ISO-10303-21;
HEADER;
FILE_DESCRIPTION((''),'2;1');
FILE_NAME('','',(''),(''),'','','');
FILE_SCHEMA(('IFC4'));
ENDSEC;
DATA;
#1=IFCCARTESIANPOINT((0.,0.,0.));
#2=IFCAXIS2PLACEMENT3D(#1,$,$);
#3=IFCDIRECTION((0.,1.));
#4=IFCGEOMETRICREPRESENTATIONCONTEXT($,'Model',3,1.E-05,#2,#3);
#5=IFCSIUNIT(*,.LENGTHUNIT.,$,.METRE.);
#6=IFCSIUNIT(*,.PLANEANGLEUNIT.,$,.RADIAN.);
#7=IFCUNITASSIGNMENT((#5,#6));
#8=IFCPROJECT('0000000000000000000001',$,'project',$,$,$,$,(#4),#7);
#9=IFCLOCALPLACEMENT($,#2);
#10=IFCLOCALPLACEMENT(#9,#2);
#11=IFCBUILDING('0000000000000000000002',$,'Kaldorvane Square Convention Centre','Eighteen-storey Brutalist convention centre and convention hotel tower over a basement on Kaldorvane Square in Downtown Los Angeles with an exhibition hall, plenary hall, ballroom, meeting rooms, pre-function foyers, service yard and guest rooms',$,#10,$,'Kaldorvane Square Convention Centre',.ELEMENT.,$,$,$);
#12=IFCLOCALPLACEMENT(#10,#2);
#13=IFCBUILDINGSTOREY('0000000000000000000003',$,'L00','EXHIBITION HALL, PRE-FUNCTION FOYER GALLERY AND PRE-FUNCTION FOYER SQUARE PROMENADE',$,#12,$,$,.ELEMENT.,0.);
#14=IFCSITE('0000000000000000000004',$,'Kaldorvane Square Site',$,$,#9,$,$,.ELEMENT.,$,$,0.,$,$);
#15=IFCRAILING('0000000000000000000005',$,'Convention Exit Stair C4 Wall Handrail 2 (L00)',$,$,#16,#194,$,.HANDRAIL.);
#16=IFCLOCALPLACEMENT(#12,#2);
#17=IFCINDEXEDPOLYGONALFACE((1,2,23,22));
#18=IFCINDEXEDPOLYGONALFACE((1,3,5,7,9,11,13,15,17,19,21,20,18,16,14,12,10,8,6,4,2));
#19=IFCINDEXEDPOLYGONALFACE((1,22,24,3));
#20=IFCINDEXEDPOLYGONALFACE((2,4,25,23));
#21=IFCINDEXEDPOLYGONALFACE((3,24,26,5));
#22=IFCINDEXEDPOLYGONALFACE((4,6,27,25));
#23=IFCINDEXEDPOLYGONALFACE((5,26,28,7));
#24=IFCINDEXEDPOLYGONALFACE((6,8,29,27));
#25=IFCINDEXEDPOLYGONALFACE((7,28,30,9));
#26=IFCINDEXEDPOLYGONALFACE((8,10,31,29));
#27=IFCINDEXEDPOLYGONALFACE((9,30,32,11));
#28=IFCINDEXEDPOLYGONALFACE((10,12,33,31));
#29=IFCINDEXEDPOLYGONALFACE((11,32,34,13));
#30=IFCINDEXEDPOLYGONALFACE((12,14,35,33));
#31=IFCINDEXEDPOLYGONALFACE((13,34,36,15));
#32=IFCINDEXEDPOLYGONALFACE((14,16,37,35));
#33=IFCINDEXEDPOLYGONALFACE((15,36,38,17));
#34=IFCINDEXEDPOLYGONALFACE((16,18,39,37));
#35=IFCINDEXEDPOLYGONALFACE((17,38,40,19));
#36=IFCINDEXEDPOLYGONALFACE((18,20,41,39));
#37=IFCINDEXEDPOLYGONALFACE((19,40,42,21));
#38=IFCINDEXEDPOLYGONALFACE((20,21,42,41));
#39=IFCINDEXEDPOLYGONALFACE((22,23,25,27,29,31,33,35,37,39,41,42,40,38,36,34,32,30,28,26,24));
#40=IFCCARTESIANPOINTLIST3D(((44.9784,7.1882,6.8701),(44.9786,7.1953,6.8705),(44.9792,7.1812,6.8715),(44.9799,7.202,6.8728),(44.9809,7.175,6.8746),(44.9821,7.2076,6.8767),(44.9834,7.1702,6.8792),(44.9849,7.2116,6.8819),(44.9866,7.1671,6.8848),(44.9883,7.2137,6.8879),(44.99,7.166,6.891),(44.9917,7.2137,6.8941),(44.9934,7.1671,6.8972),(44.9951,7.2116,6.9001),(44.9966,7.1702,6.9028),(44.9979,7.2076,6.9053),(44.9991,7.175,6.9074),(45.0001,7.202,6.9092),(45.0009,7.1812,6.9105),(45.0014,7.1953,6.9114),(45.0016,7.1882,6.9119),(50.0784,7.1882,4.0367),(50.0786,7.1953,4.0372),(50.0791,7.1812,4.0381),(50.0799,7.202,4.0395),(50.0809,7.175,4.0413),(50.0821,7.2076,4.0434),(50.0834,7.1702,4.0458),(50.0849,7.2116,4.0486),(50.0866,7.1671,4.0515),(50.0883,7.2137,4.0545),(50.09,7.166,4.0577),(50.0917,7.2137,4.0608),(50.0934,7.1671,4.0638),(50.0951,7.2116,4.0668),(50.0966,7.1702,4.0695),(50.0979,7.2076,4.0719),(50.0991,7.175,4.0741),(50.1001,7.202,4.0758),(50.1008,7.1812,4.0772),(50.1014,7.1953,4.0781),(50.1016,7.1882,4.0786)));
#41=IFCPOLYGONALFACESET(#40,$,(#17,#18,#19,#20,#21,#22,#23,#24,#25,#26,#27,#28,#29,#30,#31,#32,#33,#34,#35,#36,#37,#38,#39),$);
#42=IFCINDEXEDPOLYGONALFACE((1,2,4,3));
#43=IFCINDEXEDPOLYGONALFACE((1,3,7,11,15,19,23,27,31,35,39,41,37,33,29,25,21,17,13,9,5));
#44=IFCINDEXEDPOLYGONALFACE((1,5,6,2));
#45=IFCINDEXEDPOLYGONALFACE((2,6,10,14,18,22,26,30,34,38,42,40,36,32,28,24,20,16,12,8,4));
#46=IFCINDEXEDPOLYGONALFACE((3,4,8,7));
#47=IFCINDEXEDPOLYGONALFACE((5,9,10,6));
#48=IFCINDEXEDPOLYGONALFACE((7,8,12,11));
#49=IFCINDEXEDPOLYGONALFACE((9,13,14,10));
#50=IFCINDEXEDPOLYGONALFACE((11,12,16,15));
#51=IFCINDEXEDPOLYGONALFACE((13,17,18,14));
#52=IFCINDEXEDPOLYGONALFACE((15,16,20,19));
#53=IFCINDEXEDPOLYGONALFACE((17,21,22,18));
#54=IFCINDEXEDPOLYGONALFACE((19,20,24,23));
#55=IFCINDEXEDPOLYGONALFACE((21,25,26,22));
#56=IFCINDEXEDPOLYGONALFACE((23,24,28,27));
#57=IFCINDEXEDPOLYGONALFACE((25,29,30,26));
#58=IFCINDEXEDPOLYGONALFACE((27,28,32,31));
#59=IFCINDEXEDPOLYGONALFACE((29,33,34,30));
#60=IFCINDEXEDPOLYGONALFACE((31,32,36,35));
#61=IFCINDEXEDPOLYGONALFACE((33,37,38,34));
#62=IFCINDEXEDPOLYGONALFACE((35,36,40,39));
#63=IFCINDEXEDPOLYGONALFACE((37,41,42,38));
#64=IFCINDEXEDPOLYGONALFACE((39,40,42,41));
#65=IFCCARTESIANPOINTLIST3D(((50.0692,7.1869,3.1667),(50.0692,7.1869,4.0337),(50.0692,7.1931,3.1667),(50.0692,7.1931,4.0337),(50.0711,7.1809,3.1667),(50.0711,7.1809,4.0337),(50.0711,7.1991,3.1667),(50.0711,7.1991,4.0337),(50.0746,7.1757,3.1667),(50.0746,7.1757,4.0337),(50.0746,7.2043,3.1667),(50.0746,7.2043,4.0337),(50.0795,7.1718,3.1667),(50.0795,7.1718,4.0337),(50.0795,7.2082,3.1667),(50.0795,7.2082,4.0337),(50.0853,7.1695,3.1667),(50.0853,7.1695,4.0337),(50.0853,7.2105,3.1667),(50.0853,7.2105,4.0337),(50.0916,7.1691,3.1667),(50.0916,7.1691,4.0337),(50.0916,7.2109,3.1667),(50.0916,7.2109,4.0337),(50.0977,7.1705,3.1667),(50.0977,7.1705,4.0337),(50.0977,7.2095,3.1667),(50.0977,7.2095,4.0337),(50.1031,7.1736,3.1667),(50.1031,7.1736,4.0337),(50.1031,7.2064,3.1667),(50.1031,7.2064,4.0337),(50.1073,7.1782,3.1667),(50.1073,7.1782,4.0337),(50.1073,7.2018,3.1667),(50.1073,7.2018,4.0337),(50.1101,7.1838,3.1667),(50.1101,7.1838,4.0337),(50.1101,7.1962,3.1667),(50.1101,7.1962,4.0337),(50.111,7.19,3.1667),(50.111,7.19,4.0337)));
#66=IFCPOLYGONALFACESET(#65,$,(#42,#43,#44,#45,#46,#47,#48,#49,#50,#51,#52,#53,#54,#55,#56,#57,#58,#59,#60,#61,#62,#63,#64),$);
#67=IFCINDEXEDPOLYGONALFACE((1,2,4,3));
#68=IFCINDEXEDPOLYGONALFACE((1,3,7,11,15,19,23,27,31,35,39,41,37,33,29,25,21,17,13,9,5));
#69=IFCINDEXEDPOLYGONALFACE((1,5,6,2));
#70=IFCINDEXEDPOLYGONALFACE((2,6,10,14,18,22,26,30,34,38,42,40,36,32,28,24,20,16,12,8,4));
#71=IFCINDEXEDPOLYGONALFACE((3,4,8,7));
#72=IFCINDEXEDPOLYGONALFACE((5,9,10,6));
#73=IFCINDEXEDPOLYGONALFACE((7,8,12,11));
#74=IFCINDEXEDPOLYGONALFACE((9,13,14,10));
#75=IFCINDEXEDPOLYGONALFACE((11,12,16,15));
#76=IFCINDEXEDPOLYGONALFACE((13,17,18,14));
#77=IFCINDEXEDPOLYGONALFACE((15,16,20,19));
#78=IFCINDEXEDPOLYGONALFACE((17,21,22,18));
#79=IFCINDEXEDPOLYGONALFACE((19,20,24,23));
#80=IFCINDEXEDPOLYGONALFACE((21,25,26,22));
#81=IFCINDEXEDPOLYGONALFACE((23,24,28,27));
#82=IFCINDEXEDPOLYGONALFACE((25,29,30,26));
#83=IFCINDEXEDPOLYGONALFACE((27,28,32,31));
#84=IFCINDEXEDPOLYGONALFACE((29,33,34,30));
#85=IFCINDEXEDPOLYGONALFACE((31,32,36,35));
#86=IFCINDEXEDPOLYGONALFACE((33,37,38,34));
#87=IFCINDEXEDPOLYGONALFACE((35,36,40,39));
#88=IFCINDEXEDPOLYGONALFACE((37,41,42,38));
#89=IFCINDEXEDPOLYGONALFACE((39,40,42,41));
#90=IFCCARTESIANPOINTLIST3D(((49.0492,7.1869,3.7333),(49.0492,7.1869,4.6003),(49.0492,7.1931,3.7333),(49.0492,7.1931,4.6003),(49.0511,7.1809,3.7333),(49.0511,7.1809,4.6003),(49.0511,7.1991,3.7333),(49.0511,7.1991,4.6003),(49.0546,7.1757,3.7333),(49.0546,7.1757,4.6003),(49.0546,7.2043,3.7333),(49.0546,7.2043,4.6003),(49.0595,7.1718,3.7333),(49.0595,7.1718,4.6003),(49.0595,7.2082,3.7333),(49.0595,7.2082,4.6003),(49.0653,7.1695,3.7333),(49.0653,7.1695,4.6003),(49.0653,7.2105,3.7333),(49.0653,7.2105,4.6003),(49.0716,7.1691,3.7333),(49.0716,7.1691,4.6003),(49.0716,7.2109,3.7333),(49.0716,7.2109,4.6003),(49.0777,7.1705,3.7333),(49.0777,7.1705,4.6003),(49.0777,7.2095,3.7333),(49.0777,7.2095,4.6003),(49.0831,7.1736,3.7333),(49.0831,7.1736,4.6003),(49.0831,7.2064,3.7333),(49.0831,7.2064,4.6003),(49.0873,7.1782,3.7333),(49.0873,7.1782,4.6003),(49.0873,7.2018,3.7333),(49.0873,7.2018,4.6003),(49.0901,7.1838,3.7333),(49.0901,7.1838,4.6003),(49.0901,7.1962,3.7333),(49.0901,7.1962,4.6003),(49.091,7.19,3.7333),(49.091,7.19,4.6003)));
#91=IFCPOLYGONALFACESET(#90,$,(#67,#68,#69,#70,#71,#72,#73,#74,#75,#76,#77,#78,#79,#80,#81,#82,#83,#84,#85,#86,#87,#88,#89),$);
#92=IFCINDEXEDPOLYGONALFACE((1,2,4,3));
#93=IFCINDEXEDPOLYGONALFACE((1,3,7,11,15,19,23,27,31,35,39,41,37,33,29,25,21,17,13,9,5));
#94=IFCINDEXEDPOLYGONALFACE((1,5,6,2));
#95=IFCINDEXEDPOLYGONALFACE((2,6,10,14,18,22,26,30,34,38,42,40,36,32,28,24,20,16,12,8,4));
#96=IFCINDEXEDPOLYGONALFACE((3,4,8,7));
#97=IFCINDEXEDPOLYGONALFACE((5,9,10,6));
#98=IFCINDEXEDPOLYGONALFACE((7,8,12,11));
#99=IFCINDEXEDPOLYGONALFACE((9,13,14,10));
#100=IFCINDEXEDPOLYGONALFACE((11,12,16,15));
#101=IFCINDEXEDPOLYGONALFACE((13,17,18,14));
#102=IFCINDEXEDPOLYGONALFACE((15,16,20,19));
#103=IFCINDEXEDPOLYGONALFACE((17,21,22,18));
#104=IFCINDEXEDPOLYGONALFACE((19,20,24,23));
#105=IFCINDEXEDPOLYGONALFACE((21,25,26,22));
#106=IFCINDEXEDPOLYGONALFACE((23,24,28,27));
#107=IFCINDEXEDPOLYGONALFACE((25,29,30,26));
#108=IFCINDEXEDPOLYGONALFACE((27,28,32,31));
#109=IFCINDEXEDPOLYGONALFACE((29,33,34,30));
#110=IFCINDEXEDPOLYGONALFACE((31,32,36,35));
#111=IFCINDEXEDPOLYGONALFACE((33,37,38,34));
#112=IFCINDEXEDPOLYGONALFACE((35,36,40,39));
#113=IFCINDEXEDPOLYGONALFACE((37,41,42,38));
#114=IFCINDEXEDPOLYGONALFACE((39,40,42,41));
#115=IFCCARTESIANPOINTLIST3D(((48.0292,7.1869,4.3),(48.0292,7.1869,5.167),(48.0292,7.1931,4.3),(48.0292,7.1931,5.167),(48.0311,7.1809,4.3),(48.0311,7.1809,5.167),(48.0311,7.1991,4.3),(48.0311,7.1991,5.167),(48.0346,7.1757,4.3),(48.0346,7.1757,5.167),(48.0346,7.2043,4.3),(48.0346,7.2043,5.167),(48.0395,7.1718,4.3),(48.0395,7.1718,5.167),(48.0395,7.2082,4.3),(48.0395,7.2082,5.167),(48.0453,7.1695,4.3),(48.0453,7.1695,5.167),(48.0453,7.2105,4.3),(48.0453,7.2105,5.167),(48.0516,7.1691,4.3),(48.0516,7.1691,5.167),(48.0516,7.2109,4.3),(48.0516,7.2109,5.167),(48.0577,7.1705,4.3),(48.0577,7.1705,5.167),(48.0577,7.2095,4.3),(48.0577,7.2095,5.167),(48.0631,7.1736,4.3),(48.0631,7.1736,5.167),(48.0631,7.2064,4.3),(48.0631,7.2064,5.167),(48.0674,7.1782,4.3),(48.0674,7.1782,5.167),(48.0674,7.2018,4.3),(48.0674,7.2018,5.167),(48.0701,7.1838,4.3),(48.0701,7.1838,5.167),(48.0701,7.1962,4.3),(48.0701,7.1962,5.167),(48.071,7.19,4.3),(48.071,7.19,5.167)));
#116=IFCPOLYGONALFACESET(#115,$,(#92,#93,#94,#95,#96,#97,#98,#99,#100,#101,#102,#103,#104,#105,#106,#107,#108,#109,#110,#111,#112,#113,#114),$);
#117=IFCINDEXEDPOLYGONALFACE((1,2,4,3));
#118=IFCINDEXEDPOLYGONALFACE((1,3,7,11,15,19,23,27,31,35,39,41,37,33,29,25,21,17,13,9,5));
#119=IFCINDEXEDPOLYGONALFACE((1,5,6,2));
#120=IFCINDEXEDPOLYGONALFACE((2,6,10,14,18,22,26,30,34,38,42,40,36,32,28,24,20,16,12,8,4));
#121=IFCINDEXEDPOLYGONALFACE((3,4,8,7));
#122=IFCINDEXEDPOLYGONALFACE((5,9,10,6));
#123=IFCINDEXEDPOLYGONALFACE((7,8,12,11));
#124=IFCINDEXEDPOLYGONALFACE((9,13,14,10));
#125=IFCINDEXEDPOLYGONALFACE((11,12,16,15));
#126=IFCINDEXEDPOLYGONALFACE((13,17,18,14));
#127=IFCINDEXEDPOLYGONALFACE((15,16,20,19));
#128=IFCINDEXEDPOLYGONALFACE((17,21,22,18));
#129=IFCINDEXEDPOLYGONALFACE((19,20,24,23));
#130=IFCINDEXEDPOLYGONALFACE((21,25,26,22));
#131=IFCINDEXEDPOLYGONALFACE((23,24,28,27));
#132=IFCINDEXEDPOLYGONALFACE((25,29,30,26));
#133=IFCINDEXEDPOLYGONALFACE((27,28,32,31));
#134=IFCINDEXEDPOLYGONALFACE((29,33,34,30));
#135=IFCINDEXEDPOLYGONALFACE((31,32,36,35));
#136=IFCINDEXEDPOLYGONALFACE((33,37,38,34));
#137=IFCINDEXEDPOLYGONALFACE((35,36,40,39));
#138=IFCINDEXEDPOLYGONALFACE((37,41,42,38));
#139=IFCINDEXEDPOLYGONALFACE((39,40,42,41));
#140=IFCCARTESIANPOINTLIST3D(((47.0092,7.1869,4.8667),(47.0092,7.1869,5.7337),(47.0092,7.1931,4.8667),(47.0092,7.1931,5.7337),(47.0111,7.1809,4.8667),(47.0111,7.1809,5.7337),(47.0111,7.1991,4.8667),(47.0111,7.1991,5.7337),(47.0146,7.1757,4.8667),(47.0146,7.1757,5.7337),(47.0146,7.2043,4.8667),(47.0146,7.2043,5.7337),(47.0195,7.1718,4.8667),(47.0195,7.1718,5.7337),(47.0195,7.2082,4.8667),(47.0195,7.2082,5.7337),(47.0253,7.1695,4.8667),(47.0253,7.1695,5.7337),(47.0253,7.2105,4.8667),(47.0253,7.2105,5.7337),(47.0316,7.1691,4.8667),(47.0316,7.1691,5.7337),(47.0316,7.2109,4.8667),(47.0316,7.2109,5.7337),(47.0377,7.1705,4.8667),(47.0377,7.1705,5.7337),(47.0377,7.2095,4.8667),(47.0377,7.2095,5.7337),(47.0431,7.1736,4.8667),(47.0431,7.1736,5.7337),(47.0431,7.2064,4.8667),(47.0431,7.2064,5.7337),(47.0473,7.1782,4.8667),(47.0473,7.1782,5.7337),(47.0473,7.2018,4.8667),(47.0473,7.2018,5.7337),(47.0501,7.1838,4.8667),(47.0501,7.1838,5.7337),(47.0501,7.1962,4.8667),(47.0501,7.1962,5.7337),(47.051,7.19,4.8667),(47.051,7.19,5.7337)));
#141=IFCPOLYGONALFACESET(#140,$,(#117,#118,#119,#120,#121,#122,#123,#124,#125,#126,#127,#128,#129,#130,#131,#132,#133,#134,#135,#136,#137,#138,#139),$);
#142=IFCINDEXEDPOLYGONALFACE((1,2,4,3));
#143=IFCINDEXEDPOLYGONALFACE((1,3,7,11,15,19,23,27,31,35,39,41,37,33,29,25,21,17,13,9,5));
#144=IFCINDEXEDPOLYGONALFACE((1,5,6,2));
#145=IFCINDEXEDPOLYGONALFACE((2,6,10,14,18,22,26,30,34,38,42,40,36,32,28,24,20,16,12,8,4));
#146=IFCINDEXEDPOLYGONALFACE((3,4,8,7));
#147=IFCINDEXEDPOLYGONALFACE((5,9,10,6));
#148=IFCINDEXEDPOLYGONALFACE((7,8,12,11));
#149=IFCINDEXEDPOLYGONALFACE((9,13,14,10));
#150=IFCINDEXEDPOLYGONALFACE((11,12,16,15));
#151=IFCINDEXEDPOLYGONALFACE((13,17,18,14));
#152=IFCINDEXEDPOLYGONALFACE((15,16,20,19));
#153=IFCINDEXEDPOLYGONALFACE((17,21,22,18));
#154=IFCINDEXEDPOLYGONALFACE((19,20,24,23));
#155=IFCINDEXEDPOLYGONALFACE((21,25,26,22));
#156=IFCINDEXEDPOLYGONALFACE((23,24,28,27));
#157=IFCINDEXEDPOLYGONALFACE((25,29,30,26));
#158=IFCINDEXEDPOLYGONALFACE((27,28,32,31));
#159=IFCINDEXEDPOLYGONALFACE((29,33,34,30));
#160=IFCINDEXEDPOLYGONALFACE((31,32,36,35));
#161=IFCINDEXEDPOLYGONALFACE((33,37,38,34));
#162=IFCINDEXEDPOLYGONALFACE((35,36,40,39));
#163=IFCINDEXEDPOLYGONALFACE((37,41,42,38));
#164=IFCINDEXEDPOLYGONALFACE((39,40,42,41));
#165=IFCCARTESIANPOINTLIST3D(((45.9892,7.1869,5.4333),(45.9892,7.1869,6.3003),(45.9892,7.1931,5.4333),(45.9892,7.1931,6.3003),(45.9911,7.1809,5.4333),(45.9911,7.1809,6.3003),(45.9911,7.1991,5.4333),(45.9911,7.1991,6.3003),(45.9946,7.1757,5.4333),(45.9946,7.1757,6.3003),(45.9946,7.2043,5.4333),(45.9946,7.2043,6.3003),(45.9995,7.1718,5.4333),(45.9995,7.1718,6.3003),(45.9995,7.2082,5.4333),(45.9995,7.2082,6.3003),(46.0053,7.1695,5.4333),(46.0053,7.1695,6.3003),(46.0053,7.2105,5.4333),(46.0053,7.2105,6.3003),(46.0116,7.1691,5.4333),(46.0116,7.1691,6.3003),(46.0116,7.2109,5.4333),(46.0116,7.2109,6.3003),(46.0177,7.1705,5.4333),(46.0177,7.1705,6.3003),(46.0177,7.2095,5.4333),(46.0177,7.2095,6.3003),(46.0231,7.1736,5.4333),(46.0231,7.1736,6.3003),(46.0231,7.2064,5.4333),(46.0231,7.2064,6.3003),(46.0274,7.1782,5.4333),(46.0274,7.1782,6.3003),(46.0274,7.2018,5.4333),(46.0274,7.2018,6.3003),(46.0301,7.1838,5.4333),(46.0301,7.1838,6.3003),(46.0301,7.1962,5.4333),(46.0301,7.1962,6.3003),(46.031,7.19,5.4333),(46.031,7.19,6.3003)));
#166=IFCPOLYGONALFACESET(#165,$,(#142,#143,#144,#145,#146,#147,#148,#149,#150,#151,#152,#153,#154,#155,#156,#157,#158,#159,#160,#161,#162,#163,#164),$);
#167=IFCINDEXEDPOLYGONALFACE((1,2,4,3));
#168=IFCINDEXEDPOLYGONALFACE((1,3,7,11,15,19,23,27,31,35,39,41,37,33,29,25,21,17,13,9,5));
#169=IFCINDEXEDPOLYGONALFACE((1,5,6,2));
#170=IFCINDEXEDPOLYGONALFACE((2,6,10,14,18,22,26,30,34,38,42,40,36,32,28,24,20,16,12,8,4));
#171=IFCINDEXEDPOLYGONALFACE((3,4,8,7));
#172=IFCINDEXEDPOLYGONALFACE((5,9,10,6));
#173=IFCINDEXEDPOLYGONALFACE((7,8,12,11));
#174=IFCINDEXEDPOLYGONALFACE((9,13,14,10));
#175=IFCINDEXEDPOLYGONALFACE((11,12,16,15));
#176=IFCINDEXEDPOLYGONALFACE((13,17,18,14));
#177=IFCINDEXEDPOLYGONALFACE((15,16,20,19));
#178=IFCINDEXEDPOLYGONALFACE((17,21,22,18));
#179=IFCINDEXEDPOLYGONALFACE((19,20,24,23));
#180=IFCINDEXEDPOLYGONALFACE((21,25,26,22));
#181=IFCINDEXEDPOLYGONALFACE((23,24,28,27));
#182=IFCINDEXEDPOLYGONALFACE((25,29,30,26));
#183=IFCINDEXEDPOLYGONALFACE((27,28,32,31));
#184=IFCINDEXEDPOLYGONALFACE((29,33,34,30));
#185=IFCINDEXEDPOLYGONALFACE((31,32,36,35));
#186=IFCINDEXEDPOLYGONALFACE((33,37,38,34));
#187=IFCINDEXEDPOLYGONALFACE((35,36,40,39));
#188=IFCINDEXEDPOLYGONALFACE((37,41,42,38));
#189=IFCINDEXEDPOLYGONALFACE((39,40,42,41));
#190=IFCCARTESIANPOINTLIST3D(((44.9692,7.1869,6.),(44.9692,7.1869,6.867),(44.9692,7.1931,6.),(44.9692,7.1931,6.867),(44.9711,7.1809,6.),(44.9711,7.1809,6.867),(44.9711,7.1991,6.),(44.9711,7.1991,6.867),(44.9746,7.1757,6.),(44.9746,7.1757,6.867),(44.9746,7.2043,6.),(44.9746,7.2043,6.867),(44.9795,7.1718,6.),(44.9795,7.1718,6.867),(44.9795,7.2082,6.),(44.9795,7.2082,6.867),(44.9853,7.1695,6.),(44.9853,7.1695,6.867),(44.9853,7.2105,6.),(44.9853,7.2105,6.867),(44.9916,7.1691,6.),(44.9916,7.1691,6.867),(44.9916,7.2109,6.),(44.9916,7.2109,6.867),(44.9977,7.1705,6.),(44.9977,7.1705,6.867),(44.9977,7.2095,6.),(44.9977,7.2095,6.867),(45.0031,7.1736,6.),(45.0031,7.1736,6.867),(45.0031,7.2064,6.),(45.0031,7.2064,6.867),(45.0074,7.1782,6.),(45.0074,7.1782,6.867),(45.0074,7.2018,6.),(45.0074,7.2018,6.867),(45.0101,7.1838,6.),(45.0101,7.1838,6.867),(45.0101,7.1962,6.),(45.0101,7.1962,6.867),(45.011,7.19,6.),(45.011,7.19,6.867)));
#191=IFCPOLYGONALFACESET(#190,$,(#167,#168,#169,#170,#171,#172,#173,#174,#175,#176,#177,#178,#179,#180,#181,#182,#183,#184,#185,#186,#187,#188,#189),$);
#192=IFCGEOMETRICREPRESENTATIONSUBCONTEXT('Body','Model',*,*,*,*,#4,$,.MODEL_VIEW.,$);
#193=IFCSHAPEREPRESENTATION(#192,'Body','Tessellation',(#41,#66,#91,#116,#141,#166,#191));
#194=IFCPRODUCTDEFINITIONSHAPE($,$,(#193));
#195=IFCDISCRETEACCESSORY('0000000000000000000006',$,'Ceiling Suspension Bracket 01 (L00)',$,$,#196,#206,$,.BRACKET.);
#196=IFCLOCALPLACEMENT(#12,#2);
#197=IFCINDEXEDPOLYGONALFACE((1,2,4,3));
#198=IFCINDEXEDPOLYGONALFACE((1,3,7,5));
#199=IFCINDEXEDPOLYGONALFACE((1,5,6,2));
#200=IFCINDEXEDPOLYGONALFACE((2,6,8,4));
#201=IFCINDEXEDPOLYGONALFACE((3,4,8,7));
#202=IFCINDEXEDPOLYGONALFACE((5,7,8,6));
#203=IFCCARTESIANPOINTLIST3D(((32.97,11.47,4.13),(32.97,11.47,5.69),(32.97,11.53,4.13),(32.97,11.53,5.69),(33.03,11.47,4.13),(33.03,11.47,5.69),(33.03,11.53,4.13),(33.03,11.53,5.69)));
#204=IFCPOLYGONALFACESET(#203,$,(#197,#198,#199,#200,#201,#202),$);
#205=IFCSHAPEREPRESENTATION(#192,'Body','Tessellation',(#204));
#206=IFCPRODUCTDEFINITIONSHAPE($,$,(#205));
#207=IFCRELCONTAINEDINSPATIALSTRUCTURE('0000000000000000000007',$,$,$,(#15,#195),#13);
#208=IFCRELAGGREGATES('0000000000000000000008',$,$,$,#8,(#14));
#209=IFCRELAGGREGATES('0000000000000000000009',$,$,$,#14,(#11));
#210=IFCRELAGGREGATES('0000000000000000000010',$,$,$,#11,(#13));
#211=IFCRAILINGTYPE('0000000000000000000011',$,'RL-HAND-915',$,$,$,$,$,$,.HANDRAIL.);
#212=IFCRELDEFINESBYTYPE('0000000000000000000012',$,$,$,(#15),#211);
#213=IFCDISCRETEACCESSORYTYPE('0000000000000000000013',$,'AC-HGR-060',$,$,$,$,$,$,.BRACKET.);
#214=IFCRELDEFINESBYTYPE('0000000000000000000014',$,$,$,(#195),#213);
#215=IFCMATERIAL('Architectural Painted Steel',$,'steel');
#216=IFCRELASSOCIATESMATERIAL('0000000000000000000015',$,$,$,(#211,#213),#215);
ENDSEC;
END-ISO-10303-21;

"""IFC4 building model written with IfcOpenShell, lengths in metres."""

from ifc_helpers import new_model, si_unit, direction, frame, origin, origin_2d, place, context, subcontext, project, spatial, rectangle, circle, extrude, material, type_object, element, save


model = new_model("IFC4")

# Units and contexts
model_context = context("Model", 3, precision=1e-05, world=origin(), true_north=direction((0.0, 1.0)))
body_context = subcontext(model_context, "Body", "Model", "MODEL_VIEW")
ifc_project = project(units=[si_unit("LENGTHUNIT", "METRE"), si_unit("PLANEANGLEUNIT", "RADIAN")], contexts=[model_context])

# Site, building, storey
site_placement = place(None, origin())
site = spatial("IfcSite", under=ifc_project, at=site_placement, Name="Kaldorvane Square Site", CompositionType="ELEMENT", RefElevation=0.0)
building_placement = place(site_placement, origin())
building = spatial("IfcBuilding", under=site, at=building_placement, Name="Kaldorvane Square Convention Centre", Description="Eighteen-storey Brutalist convention centre and convention hotel tower over a basement on Kaldorvane Square in Downtown Los Angeles with an exhibition hall, plenary hall, ballroom, meeting rooms, pre-function foyers, service yard and guest rooms", LongName="Kaldorvane Square Convention Centre", CompositionType="ELEMENT")
storey_placement = place(building_placement, origin())
storey = spatial("IfcBuildingStorey", under=building, at=storey_placement, Name="L00", Description="EXHIBITION HALL, PRE-FUNCTION FOYER GALLERY AND PRE-FUNCTION FOYER SQUARE PROMENADE", CompositionType="ELEMENT", Elevation=0.0)

# Railing
ifc_material_1 = material(Name="Architectural Painted Steel", Category="steel")
railing_type = type_object("IfcRailingType", Name="RL-HAND-915", PredefinedType="HANDRAIL", material=ifc_material_1)
for number, where, name in (
    (1, (50.09, 7.19, 3.1667), "Convention Exit Stair C4 Wall Handrail 2 (L00)"),
):
    element("IfcRailing", number, at=place(storey_placement, frame(where)), inside=storey, type_object=railing_type, Name=name, PredefinedType="HANDRAIL", context=body_context, shape_type="SweptSolid", body=[
        extrude(circle(Radius=0.024, at=origin_2d()), frame((0.0, 0.0, 0.891), z_axis=(-0.874157, 0.0, 0.485643), x_axis=(0.0, -1.0, 0.0)), (0.0, 0.0, 1.0), 5.8342),
        extrude(circle(Radius=0.021, at=origin_2d()), origin(), (0.0, 0.0, 1.0), 0.867),
        extrude(circle(Radius=0.021, at=origin_2d()), frame((-1.02, 0.0, 0.5667)), (0.0, 0.0, 1.0), 0.867),
        extrude(circle(Radius=0.021, at=origin_2d()), frame((-2.04, 0.0, 1.1333)), (0.0, 0.0, 1.0), 0.867),
        extrude(circle(Radius=0.021, at=origin_2d()), frame((-3.06, 0.0, 1.7)), (0.0, 0.0, 1.0), 0.867),
        extrude(circle(Radius=0.021, at=origin_2d()), frame((-4.08, 0.0, 2.2667)), (0.0, 0.0, 1.0), 0.867),
        extrude(circle(Radius=0.021, at=origin_2d()), frame((-5.1, 0.0, 2.8333)), (0.0, 0.0, 1.0), 0.867),
    ])

# Discrete accessory
discrete_accessory_type = type_object("IfcDiscreteAccessoryType", Name="AC-HGR-060", PredefinedType="BRACKET", material=ifc_material_1)
discrete_accessory_placement = place(storey_placement, frame((33.0, 11.5, 4.13), z_axis=(0.0, 0.0, 1.0), x_axis=(1.0, 0.0, 0.0)))
element("IfcDiscreteAccessory", 2, at=discrete_accessory_placement, inside=storey, type_object=discrete_accessory_type, Name="Ceiling Suspension Bracket 01 (L00)", PredefinedType="BRACKET", context=body_context, shape_type="SweptSolid", body=[
    extrude(rectangle(XDim=0.06, YDim=0.06, at=origin_2d()), origin(), (0.0, 0.0, 1.0), 1.56),
])

save(model, "model.ifc")
